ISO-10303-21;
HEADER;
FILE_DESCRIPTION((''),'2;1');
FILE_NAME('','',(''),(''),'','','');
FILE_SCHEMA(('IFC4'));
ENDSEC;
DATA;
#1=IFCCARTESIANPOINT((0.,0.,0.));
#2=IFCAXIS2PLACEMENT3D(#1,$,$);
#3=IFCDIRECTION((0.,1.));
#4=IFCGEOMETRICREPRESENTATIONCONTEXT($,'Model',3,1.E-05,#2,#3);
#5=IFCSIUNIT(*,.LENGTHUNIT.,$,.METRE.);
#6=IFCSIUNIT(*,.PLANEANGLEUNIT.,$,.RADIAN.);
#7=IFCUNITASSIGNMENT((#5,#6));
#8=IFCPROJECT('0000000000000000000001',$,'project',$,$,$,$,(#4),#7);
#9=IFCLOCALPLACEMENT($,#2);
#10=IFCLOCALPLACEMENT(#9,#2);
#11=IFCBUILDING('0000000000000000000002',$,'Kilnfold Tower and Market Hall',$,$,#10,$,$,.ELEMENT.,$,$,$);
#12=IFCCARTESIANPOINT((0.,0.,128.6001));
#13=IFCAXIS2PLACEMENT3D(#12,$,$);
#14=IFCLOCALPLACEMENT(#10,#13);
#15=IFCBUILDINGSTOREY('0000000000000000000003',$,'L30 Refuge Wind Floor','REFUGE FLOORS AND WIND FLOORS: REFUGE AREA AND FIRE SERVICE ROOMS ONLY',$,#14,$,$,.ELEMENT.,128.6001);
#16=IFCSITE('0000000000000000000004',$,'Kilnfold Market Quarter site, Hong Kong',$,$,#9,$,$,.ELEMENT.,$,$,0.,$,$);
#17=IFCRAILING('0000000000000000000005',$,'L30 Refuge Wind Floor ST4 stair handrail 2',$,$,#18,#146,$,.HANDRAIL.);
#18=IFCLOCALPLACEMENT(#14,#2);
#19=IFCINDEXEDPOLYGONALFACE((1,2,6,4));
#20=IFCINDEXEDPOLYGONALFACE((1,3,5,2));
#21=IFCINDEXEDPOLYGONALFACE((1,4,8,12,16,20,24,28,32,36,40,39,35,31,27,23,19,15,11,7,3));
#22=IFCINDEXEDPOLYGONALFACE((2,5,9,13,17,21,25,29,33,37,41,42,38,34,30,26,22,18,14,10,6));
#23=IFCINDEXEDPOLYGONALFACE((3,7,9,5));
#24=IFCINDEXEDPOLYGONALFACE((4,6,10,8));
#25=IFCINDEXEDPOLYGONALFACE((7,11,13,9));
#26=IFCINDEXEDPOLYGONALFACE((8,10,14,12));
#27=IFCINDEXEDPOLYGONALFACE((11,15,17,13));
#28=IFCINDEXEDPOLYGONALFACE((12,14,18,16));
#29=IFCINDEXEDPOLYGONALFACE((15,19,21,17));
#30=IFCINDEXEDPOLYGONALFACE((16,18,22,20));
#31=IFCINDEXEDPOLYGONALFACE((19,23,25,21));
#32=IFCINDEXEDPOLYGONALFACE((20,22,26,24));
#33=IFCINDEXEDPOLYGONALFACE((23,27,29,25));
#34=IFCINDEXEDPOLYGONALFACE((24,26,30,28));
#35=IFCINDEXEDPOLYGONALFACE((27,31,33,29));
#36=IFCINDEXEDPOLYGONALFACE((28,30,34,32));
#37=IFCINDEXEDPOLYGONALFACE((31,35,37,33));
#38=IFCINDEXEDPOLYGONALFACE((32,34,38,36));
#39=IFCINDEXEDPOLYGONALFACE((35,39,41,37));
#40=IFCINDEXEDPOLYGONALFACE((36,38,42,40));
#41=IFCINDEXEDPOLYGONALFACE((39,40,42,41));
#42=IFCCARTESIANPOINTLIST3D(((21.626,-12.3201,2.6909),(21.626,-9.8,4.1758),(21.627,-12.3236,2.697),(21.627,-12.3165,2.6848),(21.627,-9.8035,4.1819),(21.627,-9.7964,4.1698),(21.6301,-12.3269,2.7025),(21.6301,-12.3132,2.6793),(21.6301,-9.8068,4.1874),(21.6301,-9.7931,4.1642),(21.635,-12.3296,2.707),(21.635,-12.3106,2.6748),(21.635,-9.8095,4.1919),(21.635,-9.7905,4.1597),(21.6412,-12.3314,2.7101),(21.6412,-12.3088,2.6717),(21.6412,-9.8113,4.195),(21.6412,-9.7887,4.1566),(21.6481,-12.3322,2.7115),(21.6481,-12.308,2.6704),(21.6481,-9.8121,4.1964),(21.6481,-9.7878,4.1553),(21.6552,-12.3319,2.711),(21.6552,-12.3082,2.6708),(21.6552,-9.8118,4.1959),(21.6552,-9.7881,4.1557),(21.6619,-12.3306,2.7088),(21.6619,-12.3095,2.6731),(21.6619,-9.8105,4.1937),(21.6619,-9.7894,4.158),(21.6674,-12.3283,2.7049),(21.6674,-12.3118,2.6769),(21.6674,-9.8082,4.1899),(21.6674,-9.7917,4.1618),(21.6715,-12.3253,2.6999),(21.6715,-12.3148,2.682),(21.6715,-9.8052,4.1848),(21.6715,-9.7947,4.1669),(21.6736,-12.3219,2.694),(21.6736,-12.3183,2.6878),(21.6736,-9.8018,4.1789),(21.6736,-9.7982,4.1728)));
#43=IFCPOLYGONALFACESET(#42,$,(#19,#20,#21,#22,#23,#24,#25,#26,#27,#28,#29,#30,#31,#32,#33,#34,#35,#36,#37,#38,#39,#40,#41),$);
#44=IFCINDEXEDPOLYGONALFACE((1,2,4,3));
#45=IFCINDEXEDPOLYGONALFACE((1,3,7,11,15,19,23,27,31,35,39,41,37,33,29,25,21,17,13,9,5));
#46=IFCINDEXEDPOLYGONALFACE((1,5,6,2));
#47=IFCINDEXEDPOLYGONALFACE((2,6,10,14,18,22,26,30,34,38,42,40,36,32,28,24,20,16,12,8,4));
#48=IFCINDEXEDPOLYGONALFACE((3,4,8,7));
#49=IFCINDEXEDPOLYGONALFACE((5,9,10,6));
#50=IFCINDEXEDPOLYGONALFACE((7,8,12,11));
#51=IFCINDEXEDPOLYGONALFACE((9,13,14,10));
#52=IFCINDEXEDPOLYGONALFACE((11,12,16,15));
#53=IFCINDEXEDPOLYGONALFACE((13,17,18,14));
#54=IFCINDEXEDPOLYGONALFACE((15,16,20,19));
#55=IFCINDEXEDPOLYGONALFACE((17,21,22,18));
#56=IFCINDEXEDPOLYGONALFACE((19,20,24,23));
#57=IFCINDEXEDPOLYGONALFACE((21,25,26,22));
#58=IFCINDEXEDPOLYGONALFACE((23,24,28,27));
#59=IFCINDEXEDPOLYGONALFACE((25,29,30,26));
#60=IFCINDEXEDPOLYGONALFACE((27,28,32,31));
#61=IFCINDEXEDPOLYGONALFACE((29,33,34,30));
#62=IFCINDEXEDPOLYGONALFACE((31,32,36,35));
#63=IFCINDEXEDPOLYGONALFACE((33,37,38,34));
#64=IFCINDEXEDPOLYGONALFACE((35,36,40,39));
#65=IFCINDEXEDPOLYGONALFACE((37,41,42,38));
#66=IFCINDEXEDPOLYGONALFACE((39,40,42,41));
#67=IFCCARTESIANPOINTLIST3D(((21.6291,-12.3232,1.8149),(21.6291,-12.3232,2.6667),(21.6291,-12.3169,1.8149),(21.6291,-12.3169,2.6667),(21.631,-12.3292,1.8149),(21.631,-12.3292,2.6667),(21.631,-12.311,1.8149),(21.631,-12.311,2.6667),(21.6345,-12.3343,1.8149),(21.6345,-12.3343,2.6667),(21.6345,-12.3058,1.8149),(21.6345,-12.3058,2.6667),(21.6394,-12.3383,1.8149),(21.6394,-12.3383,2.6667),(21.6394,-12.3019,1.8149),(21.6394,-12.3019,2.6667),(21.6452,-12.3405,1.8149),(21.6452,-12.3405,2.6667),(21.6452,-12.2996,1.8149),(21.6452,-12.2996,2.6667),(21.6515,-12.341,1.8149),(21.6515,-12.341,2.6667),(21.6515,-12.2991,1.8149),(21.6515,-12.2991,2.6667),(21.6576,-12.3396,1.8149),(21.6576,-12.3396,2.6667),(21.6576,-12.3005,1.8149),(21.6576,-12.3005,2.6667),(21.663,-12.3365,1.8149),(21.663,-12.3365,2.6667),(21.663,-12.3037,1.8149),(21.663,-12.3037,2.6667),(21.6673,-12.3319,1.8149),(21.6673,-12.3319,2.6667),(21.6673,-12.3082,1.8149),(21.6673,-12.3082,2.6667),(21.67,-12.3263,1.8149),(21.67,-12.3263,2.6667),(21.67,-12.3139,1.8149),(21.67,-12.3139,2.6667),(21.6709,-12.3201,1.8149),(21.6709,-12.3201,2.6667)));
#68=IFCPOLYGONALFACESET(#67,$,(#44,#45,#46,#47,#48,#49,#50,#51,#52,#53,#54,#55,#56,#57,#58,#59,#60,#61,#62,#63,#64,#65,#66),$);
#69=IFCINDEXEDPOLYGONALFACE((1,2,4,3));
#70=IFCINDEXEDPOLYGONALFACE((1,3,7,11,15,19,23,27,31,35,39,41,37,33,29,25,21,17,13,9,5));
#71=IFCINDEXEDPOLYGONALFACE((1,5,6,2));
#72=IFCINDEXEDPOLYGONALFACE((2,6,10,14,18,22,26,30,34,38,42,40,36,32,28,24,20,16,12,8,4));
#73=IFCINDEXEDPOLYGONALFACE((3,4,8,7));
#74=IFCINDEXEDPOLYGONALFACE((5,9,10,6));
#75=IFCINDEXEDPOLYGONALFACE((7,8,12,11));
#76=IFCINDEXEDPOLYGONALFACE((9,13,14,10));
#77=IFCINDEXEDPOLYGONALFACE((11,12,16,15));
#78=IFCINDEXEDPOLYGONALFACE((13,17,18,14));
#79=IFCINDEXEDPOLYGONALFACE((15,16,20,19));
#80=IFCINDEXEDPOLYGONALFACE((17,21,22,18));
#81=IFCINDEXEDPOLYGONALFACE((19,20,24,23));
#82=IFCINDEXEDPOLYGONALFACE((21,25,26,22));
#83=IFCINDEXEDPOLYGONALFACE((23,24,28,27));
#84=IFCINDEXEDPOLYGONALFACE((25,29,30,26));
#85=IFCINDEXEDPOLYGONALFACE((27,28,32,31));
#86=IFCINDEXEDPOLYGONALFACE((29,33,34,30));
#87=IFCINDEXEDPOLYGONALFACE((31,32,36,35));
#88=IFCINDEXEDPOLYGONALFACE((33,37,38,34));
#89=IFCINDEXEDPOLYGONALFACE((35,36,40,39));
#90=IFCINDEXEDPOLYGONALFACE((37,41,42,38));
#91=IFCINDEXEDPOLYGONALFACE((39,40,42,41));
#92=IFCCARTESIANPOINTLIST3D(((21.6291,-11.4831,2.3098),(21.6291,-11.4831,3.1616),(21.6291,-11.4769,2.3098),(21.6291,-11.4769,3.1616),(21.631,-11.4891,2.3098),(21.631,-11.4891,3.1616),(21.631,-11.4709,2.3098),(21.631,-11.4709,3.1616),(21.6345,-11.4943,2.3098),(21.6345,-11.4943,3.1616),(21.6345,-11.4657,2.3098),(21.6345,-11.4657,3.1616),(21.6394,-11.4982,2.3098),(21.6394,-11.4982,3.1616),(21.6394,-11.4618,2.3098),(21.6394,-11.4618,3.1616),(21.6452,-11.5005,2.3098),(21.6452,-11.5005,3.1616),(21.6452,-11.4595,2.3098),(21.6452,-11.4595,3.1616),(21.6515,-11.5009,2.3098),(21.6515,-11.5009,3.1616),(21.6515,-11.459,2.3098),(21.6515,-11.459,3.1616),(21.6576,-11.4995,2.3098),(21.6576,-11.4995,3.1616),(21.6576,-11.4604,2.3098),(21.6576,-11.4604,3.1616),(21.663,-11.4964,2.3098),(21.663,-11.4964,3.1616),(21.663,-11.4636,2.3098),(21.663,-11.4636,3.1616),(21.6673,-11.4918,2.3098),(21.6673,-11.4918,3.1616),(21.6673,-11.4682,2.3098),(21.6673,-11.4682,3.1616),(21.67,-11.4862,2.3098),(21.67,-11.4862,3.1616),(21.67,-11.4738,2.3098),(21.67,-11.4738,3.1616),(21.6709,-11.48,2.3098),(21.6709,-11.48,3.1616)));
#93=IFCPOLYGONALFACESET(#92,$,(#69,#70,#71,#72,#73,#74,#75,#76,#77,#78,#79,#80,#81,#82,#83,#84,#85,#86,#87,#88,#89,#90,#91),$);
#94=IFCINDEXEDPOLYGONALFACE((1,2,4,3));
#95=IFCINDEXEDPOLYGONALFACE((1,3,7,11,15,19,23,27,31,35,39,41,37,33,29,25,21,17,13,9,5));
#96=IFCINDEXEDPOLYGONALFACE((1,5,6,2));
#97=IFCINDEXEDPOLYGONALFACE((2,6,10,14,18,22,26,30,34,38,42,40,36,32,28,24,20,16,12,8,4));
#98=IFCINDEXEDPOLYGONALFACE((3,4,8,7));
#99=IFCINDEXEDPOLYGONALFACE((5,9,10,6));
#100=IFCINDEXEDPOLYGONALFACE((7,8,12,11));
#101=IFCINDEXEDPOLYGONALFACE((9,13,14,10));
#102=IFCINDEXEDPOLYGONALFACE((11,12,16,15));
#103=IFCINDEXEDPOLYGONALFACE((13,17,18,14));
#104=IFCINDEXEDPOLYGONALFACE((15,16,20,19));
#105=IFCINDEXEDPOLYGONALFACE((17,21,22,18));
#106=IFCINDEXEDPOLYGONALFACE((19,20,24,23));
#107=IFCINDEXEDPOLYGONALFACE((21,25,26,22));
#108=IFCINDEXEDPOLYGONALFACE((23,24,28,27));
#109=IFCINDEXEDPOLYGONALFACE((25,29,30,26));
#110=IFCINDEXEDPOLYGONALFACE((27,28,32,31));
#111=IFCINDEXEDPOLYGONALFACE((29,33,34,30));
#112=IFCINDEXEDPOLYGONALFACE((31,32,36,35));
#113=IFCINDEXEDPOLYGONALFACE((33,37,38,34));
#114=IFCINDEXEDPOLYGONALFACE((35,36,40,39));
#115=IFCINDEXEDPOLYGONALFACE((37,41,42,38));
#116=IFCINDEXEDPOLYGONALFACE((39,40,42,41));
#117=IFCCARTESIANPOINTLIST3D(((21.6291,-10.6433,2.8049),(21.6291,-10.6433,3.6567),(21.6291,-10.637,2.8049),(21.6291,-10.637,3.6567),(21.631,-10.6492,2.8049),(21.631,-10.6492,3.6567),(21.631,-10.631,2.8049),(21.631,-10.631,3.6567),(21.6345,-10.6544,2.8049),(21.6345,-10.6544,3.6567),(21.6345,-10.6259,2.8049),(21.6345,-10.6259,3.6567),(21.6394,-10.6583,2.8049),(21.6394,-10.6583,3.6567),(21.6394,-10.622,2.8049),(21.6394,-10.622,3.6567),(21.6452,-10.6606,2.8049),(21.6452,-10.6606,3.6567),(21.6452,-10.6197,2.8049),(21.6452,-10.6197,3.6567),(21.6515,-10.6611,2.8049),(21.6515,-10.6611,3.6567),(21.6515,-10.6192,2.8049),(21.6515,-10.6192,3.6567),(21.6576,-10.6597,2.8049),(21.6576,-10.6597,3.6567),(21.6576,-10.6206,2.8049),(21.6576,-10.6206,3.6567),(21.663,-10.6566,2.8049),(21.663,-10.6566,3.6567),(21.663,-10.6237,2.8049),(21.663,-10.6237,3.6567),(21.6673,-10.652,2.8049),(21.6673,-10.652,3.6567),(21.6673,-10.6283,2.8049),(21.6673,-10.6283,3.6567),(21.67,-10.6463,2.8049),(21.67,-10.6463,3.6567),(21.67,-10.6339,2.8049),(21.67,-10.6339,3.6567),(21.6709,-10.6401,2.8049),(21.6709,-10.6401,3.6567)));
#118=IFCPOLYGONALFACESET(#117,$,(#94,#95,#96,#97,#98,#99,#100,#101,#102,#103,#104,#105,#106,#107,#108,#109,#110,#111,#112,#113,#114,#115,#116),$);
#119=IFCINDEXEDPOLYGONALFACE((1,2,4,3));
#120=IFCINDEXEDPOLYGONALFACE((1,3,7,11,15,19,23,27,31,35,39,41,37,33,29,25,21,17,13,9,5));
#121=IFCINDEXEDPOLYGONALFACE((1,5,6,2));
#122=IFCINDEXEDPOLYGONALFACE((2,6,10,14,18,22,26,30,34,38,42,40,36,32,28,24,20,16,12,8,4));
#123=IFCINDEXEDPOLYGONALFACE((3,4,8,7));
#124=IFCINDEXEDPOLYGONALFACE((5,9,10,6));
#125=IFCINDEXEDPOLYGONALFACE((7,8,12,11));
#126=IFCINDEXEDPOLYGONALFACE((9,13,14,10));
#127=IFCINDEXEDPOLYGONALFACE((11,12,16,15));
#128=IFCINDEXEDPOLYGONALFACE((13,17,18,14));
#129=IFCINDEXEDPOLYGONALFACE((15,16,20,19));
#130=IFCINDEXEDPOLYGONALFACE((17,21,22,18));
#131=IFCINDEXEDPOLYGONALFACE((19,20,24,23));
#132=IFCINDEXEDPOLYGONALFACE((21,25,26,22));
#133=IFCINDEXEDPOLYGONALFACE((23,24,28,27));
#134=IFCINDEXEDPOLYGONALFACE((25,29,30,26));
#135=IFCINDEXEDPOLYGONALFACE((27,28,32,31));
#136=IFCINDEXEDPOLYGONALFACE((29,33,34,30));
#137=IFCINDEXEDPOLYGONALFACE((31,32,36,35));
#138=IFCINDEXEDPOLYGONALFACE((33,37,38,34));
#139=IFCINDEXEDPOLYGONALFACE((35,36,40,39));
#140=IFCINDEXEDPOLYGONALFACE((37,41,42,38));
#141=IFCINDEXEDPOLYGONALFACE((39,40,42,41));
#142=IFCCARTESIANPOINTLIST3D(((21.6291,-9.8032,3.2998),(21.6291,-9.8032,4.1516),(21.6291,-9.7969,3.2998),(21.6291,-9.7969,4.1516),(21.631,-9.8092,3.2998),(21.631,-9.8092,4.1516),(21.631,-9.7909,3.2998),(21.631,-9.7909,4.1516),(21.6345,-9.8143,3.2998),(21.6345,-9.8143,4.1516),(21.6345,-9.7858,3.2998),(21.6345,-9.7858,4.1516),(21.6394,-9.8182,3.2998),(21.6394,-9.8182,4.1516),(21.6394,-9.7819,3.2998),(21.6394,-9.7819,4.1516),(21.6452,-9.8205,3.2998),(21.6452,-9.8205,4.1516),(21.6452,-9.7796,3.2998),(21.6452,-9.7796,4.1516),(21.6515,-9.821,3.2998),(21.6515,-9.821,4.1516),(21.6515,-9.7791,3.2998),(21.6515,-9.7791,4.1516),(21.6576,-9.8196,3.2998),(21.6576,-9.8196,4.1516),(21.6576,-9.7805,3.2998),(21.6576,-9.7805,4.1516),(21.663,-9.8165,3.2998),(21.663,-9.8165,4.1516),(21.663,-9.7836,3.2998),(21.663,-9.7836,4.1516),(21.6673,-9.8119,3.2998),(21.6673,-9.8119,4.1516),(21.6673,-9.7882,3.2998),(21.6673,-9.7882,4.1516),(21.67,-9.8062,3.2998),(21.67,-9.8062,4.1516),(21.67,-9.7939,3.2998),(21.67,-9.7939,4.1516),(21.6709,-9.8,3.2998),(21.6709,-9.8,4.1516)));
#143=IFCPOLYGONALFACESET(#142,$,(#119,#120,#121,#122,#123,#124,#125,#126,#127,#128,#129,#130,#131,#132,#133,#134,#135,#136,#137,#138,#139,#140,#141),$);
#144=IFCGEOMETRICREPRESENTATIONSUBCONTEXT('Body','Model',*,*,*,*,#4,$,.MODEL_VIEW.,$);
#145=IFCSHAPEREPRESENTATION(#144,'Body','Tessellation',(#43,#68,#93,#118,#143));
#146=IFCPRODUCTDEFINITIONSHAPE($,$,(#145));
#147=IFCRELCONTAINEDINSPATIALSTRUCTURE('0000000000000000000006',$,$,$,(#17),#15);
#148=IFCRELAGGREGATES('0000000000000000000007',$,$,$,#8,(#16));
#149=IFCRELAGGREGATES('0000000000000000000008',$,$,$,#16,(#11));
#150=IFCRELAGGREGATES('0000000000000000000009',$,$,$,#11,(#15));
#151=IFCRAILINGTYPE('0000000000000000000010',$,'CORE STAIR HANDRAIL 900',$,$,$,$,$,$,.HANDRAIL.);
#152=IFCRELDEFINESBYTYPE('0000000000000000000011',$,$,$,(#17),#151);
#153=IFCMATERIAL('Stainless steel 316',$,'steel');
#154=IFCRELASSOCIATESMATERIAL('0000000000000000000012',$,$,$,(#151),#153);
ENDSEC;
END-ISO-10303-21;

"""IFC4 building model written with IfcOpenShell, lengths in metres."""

from ifc_helpers import new_model, si_unit, direction, frame, origin, origin_2d, place, context, subcontext, project, spatial, circle, extrude, material, type_object, element, save


model = new_model("IFC4")

# Units and contexts
model_context = context("Model", 3, precision=1e-05, world=origin(), true_north=direction((0.0, 1.0)))
body_context = subcontext(model_context, "Body", "Model", "MODEL_VIEW")
ifc_project = project(units=[si_unit("LENGTHUNIT", "METRE"), si_unit("PLANEANGLEUNIT", "RADIAN")], contexts=[model_context])

# Site, building, storey
site_placement = place(None, origin())
site = spatial("IfcSite", under=ifc_project, at=site_placement, Name="Kilnfold Market Quarter site, Hong Kong", CompositionType="ELEMENT", RefElevation=0.0)
building_placement = place(site_placement, origin())
building = spatial("IfcBuilding", under=site, at=building_placement, Name="Kilnfold Tower and Market Hall", CompositionType="ELEMENT")
storey_placement = place(building_placement, frame((0.0, 0.0, 128.6001)))
storey = spatial("IfcBuildingStorey", under=building, at=storey_placement, Name="L30 Refuge Wind Floor", Description="REFUGE FLOORS AND WIND FLOORS: REFUGE AREA AND FIRE SERVICE ROOMS ONLY", CompositionType="ELEMENT", Elevation=128.6001)

# Railing
ifc_material_1 = material(Name="Stainless steel 316", Category="steel")
railing_type_1 = type_object("IfcRailingType", Name="CORE STAIR HANDRAIL 900", PredefinedType="HANDRAIL", material=ifc_material_1)
railing_1_placement = place(storey_placement, frame((21.6499, -12.3201, 1.8149)))
element("IfcRailing", 1, at=railing_1_placement, inside=storey, type_object=railing_type_1, Name="L30 Refuge Wind Floor ST4 stair handrail 2", PredefinedType="HANDRAIL", context=body_context, shape_type="SweptSolid", body=[
    extrude(circle(Radius=0.0239, at=origin_2d()), frame((0.0, 0.0, 0.876), z_axis=(0.0, 0.861561, 0.507655), x_axis=(-1.0, 0.0, 0.0)), (0.0, 0.0, 1.0), 2.925),
    extrude(circle(Radius=0.021, at=origin_2d()), origin(), (0.0, 0.0, 1.0), 0.8518),
    extrude(circle(Radius=0.021, at=origin_2d()), frame((0.0, 0.8401, 0.4949)), (0.0, 0.0, 1.0), 0.8518),
    extrude(circle(Radius=0.021, at=origin_2d()), frame((0.0, 1.6799, 0.99)), (0.0, 0.0, 1.0), 0.8518),
    extrude(circle(Radius=0.021, at=origin_2d()), frame((0.0, 2.52, 1.4849)), (0.0, 0.0, 1.0), 0.8518),
])

save(model, "model.ifc")
